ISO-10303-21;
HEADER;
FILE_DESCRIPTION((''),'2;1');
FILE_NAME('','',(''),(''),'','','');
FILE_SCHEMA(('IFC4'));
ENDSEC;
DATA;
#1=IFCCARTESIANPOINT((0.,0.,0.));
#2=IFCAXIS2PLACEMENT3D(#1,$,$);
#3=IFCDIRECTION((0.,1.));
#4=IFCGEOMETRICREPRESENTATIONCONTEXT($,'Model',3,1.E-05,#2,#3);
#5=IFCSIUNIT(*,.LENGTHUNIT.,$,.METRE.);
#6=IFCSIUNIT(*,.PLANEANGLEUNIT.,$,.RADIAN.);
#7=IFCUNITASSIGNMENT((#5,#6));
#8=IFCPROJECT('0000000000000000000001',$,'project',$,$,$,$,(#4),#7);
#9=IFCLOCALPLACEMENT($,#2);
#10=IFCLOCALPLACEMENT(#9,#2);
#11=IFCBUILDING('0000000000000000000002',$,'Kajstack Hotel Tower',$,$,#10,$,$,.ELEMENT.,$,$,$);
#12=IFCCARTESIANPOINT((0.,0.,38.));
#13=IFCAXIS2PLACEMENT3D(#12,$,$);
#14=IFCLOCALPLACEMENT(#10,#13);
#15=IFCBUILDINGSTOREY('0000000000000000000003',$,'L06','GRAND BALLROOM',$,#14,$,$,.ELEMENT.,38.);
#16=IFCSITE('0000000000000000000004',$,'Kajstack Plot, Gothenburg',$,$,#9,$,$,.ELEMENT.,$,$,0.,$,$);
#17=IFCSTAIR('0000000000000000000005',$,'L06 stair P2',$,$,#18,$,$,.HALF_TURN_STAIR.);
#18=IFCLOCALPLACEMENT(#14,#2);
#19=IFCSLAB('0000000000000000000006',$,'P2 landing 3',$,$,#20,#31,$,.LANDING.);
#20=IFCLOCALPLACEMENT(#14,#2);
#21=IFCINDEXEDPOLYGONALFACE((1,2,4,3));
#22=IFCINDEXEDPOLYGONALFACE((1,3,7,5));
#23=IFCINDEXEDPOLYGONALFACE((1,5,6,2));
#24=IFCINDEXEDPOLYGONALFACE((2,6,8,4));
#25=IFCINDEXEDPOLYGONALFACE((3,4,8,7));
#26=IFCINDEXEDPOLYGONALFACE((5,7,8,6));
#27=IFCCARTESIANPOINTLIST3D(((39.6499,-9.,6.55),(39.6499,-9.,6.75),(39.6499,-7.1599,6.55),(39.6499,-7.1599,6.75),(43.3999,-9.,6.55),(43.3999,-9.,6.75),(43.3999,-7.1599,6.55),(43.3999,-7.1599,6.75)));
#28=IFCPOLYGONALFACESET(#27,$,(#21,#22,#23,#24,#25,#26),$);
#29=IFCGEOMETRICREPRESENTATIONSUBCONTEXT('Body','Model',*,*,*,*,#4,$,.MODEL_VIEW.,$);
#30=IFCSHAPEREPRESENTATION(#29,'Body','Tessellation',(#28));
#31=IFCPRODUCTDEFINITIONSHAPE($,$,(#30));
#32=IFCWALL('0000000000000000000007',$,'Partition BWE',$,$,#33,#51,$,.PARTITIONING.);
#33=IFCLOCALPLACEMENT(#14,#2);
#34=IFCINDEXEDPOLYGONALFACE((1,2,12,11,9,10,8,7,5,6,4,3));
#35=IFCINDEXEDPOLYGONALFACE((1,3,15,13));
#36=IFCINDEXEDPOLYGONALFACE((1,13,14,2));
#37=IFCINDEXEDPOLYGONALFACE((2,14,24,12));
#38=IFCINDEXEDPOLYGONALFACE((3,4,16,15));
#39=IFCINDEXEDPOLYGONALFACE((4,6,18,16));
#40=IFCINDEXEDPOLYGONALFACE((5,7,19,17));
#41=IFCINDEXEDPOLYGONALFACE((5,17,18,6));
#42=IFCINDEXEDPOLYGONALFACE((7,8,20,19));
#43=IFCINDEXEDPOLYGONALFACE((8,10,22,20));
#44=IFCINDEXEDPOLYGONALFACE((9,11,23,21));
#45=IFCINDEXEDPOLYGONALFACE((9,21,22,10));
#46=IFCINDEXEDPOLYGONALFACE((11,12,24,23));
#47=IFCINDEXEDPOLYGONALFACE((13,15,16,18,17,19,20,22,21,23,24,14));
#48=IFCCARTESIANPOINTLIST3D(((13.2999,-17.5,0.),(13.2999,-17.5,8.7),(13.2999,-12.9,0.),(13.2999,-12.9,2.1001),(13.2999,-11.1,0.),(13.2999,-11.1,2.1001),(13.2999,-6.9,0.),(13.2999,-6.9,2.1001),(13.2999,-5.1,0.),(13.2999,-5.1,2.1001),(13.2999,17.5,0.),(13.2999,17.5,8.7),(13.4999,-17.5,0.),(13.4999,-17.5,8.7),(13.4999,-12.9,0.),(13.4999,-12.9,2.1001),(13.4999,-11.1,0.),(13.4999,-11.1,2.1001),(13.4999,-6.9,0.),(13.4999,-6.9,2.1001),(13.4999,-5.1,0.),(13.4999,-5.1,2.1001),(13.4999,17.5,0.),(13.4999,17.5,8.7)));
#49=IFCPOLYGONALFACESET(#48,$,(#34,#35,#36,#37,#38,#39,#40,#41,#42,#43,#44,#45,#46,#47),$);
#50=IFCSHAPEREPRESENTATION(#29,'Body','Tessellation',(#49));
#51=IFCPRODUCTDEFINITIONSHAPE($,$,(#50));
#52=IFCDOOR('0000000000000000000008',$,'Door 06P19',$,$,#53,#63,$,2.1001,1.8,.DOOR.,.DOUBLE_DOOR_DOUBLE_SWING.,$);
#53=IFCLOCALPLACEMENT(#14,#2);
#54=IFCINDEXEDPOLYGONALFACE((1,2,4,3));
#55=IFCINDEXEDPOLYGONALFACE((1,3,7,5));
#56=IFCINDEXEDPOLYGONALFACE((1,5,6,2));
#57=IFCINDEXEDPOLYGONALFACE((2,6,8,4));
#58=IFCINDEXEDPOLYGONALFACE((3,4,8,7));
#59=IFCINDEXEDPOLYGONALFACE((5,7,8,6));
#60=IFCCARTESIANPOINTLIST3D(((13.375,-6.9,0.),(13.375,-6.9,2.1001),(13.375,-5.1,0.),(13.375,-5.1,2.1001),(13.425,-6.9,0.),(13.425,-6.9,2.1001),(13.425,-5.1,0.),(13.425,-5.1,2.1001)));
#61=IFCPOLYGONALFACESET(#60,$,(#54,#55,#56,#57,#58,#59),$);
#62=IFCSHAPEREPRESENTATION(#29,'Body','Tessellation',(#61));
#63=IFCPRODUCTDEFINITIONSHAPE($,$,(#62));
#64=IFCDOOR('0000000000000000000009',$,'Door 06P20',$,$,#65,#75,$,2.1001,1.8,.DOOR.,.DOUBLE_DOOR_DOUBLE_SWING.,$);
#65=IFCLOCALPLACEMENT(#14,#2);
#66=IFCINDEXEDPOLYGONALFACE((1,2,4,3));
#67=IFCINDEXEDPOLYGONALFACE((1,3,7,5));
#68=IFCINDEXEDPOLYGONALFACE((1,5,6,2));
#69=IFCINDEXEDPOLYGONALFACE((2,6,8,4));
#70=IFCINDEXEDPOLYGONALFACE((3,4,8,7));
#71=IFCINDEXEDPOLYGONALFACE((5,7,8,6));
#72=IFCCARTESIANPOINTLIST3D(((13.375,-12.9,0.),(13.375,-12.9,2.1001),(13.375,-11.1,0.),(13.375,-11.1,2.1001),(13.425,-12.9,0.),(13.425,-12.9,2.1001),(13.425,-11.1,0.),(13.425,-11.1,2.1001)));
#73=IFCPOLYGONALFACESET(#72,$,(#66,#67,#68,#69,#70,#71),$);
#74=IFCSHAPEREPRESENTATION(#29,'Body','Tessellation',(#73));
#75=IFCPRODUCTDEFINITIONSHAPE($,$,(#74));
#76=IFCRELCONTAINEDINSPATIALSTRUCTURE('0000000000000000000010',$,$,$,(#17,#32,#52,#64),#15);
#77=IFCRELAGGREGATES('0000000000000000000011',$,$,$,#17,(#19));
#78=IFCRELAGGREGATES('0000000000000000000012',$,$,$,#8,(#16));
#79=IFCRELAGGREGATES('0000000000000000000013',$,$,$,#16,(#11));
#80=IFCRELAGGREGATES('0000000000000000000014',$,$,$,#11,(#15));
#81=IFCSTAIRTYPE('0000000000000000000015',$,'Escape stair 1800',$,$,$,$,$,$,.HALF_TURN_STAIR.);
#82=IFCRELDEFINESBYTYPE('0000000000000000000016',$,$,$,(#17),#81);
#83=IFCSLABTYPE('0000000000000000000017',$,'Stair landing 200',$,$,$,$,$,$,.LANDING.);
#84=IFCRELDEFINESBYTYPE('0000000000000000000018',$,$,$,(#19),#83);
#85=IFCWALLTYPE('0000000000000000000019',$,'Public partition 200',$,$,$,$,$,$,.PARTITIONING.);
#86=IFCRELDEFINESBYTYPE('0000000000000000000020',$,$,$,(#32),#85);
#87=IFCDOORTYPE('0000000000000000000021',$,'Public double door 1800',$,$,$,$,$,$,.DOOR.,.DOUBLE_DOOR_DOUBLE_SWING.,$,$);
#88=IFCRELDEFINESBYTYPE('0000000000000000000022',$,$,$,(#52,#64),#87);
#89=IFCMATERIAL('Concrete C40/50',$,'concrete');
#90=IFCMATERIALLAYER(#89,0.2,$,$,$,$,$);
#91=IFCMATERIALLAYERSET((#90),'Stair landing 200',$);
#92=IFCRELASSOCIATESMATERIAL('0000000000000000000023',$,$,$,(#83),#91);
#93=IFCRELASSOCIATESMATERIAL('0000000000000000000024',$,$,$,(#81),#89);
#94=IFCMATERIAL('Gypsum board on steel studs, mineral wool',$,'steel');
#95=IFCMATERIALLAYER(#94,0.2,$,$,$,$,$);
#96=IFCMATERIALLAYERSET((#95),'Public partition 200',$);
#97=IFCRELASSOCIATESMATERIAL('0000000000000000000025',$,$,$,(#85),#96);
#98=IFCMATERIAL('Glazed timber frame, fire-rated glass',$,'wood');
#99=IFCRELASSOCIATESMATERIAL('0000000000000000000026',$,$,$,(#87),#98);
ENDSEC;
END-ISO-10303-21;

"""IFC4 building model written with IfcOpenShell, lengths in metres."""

from ifc_helpers import new_model, si_unit, direction, frame, frame_2d, origin, place, context, subcontext, project, spatial, polyline, rectangle, outline, extrude, material, layer, layer_set, type_object, element, fill, aggregate, save


model = new_model("IFC4")

# Units and contexts
model_context = context("Model", 3, precision=1e-05, world=origin(), true_north=direction((0.0, 1.0)))
body_context = subcontext(model_context, "Body", "Model", "MODEL_VIEW")
ifc_project = project(units=[si_unit("LENGTHUNIT", "METRE"), si_unit("PLANEANGLEUNIT", "RADIAN")], contexts=[model_context])

# Site, building, storey
site_placement = place(None, origin())
site = spatial("IfcSite", under=ifc_project, at=site_placement, Name="Kajstack Plot, Gothenburg", CompositionType="ELEMENT", RefElevation=0.0)
building_placement = place(site_placement, origin())
building = spatial("IfcBuilding", under=site, at=building_placement, Name="Kajstack Hotel Tower", CompositionType="ELEMENT")
storey_placement = place(building_placement, frame((0.0, 0.0, 38.0)))
storey = spatial("IfcBuildingStorey", under=building, at=storey_placement, Name="L06", Description="GRAND BALLROOM", CompositionType="ELEMENT", Elevation=38.0)

# Stair, slab
ifc_material_1 = material(Name="Concrete C40/50", Category="concrete")
ifc_layer_1 = layer(ifc_material_1, 0.2)
ifc_layer_set_1 = layer_set([ifc_layer_1], Name="Stair landing 200")
slab_type = type_object("IfcSlabType", Name="Stair landing 200", PredefinedType="LANDING", material=ifc_layer_set_1)
stair_type_1 = type_object("IfcStairType", Name="Escape stair 1800", PredefinedType="HALF_TURN_STAIR", material=ifc_material_1)
stair_1_placement = place(storey_placement, origin())
stair_1 = element("IfcStair", 1, at=stair_1_placement, inside=storey, type_object=stair_type_1, Name="L06 stair P2", PredefinedType="HALF_TURN_STAIR")
slab_1_placement = place(storey_placement, frame((0.0, 0.0, 6.55)))
slab_1 = element("IfcSlab", 2, at=slab_1_placement, type_object=slab_type, Name="P2 landing 3", PredefinedType="LANDING", context=body_context, shape_type="SweptSolid", body=[
    extrude(outline(polyline([(39.6499, -7.1599), (39.6499, -9.0), (43.3999, -9.0), (43.3999, -7.1599), (39.6499, -7.1599)])), origin(), (0.0, 0.0, 1.0), 0.2),
])
aggregate(stair_1, [slab_1])

# Wall, openings, doors
ifc_material_2 = material(Name="Gypsum board on steel studs, mineral wool", Category="steel")
ifc_layer_2 = layer(ifc_material_2, 0.2)
ifc_layer_set_2 = layer_set([ifc_layer_2], Name="Public partition 200")
wall_type = type_object("IfcWallType", Name="Public partition 200", PredefinedType="PARTITIONING", material=ifc_layer_set_2)
wall_placement = place(storey_placement, frame((13.3999, -17.5, 0.0), z_axis=(0.0, 0.0, 1.0), x_axis=(0.0, 1.0, 0.0)))
wall = element("IfcWall", 3, at=wall_placement, inside=storey, type_object=wall_type, Name="Partition BWE", PredefinedType="PARTITIONING", context=body_context, shape_type="SweptSolid", body=[
    extrude(rectangle(XDim=35.0, YDim=0.2, at=frame_2d((17.5, 0.0))), origin(), (0.0, 0.0, 1.0), 8.7),
])
opening_1_placement = place(wall_placement, frame((10.6001, 0.0, 0.0)))
opening_1 = element("IfcOpeningElement", 4, at=opening_1_placement, cuts=wall, PredefinedType="OPENING", context=body_context, shape_type="SweptSolid", body=[
    extrude(rectangle(XDim=1.8, YDim=2.1001, at=frame_2d((0.8999, 1.05))), frame((0.0, 0.1099, 0.0), z_axis=(0.0, -1.0, 0.0), x_axis=(1.0, 0.0, 0.0)), (0.0, 0.0, 1.0), 0.22),
])
opening_2_placement = place(wall_placement, frame((4.6001, 0.0, 0.0)))
opening_2 = element("IfcOpeningElement", 5, at=opening_2_placement, cuts=wall, PredefinedType="OPENING", context=body_context, shape_type="SweptSolid", body=[
    extrude(rectangle(XDim=1.8, YDim=2.1001, at=frame_2d((0.8999, 1.05))), frame((0.0, 0.1099, 0.0), z_axis=(0.0, -1.0, 0.0), x_axis=(1.0, 0.0, 0.0)), (0.0, 0.0, 1.0), 0.22),
])
ifc_material_3 = material(Name="Glazed timber frame, fire-rated glass", Category="wood")
door_type = type_object("IfcDoorType", Name="Public double door 1800", OperationType="DOUBLE_DOOR_DOUBLE_SWING", PredefinedType="DOOR", material=ifc_material_3)
door_1_placement = place(opening_1_placement, origin())
door_1 = element("IfcDoor", 6, at=door_1_placement, inside=storey, type_object=door_type, Name="Door 06P19", OperationType="DOUBLE_DOOR_DOUBLE_SWING", OverallHeight=2.1001, OverallWidth=1.8, PredefinedType="DOOR", context=body_context, shape_type="SweptSolid", body=[
    extrude(rectangle(XDim=1.8, YDim=2.1001, at=frame_2d((0.8999, 1.05))), frame((0.0, 0.0249, 0.0), z_axis=(0.0, -1.0, 0.0), x_axis=(1.0, 0.0, 0.0)), (0.0, 0.0, 1.0), 0.05),
])
fill(opening_1, door_1)
door_2_placement = place(opening_2_placement, origin())
door_2 = element("IfcDoor", 7, at=door_2_placement, inside=storey, type_object=door_type, Name="Door 06P20", OperationType="DOUBLE_DOOR_DOUBLE_SWING", OverallHeight=2.1001, OverallWidth=1.8, PredefinedType="DOOR", context=body_context, shape_type="SweptSolid", body=[
    extrude(rectangle(XDim=1.8, YDim=2.1001, at=frame_2d((0.8999, 1.05))), frame((0.0, 0.0249, 0.0), z_axis=(0.0, -1.0, 0.0), x_axis=(1.0, 0.0, 0.0)), (0.0, 0.0, 1.0), 0.05),
])
fill(opening_2, door_2)

save(model, "model.ifc")
